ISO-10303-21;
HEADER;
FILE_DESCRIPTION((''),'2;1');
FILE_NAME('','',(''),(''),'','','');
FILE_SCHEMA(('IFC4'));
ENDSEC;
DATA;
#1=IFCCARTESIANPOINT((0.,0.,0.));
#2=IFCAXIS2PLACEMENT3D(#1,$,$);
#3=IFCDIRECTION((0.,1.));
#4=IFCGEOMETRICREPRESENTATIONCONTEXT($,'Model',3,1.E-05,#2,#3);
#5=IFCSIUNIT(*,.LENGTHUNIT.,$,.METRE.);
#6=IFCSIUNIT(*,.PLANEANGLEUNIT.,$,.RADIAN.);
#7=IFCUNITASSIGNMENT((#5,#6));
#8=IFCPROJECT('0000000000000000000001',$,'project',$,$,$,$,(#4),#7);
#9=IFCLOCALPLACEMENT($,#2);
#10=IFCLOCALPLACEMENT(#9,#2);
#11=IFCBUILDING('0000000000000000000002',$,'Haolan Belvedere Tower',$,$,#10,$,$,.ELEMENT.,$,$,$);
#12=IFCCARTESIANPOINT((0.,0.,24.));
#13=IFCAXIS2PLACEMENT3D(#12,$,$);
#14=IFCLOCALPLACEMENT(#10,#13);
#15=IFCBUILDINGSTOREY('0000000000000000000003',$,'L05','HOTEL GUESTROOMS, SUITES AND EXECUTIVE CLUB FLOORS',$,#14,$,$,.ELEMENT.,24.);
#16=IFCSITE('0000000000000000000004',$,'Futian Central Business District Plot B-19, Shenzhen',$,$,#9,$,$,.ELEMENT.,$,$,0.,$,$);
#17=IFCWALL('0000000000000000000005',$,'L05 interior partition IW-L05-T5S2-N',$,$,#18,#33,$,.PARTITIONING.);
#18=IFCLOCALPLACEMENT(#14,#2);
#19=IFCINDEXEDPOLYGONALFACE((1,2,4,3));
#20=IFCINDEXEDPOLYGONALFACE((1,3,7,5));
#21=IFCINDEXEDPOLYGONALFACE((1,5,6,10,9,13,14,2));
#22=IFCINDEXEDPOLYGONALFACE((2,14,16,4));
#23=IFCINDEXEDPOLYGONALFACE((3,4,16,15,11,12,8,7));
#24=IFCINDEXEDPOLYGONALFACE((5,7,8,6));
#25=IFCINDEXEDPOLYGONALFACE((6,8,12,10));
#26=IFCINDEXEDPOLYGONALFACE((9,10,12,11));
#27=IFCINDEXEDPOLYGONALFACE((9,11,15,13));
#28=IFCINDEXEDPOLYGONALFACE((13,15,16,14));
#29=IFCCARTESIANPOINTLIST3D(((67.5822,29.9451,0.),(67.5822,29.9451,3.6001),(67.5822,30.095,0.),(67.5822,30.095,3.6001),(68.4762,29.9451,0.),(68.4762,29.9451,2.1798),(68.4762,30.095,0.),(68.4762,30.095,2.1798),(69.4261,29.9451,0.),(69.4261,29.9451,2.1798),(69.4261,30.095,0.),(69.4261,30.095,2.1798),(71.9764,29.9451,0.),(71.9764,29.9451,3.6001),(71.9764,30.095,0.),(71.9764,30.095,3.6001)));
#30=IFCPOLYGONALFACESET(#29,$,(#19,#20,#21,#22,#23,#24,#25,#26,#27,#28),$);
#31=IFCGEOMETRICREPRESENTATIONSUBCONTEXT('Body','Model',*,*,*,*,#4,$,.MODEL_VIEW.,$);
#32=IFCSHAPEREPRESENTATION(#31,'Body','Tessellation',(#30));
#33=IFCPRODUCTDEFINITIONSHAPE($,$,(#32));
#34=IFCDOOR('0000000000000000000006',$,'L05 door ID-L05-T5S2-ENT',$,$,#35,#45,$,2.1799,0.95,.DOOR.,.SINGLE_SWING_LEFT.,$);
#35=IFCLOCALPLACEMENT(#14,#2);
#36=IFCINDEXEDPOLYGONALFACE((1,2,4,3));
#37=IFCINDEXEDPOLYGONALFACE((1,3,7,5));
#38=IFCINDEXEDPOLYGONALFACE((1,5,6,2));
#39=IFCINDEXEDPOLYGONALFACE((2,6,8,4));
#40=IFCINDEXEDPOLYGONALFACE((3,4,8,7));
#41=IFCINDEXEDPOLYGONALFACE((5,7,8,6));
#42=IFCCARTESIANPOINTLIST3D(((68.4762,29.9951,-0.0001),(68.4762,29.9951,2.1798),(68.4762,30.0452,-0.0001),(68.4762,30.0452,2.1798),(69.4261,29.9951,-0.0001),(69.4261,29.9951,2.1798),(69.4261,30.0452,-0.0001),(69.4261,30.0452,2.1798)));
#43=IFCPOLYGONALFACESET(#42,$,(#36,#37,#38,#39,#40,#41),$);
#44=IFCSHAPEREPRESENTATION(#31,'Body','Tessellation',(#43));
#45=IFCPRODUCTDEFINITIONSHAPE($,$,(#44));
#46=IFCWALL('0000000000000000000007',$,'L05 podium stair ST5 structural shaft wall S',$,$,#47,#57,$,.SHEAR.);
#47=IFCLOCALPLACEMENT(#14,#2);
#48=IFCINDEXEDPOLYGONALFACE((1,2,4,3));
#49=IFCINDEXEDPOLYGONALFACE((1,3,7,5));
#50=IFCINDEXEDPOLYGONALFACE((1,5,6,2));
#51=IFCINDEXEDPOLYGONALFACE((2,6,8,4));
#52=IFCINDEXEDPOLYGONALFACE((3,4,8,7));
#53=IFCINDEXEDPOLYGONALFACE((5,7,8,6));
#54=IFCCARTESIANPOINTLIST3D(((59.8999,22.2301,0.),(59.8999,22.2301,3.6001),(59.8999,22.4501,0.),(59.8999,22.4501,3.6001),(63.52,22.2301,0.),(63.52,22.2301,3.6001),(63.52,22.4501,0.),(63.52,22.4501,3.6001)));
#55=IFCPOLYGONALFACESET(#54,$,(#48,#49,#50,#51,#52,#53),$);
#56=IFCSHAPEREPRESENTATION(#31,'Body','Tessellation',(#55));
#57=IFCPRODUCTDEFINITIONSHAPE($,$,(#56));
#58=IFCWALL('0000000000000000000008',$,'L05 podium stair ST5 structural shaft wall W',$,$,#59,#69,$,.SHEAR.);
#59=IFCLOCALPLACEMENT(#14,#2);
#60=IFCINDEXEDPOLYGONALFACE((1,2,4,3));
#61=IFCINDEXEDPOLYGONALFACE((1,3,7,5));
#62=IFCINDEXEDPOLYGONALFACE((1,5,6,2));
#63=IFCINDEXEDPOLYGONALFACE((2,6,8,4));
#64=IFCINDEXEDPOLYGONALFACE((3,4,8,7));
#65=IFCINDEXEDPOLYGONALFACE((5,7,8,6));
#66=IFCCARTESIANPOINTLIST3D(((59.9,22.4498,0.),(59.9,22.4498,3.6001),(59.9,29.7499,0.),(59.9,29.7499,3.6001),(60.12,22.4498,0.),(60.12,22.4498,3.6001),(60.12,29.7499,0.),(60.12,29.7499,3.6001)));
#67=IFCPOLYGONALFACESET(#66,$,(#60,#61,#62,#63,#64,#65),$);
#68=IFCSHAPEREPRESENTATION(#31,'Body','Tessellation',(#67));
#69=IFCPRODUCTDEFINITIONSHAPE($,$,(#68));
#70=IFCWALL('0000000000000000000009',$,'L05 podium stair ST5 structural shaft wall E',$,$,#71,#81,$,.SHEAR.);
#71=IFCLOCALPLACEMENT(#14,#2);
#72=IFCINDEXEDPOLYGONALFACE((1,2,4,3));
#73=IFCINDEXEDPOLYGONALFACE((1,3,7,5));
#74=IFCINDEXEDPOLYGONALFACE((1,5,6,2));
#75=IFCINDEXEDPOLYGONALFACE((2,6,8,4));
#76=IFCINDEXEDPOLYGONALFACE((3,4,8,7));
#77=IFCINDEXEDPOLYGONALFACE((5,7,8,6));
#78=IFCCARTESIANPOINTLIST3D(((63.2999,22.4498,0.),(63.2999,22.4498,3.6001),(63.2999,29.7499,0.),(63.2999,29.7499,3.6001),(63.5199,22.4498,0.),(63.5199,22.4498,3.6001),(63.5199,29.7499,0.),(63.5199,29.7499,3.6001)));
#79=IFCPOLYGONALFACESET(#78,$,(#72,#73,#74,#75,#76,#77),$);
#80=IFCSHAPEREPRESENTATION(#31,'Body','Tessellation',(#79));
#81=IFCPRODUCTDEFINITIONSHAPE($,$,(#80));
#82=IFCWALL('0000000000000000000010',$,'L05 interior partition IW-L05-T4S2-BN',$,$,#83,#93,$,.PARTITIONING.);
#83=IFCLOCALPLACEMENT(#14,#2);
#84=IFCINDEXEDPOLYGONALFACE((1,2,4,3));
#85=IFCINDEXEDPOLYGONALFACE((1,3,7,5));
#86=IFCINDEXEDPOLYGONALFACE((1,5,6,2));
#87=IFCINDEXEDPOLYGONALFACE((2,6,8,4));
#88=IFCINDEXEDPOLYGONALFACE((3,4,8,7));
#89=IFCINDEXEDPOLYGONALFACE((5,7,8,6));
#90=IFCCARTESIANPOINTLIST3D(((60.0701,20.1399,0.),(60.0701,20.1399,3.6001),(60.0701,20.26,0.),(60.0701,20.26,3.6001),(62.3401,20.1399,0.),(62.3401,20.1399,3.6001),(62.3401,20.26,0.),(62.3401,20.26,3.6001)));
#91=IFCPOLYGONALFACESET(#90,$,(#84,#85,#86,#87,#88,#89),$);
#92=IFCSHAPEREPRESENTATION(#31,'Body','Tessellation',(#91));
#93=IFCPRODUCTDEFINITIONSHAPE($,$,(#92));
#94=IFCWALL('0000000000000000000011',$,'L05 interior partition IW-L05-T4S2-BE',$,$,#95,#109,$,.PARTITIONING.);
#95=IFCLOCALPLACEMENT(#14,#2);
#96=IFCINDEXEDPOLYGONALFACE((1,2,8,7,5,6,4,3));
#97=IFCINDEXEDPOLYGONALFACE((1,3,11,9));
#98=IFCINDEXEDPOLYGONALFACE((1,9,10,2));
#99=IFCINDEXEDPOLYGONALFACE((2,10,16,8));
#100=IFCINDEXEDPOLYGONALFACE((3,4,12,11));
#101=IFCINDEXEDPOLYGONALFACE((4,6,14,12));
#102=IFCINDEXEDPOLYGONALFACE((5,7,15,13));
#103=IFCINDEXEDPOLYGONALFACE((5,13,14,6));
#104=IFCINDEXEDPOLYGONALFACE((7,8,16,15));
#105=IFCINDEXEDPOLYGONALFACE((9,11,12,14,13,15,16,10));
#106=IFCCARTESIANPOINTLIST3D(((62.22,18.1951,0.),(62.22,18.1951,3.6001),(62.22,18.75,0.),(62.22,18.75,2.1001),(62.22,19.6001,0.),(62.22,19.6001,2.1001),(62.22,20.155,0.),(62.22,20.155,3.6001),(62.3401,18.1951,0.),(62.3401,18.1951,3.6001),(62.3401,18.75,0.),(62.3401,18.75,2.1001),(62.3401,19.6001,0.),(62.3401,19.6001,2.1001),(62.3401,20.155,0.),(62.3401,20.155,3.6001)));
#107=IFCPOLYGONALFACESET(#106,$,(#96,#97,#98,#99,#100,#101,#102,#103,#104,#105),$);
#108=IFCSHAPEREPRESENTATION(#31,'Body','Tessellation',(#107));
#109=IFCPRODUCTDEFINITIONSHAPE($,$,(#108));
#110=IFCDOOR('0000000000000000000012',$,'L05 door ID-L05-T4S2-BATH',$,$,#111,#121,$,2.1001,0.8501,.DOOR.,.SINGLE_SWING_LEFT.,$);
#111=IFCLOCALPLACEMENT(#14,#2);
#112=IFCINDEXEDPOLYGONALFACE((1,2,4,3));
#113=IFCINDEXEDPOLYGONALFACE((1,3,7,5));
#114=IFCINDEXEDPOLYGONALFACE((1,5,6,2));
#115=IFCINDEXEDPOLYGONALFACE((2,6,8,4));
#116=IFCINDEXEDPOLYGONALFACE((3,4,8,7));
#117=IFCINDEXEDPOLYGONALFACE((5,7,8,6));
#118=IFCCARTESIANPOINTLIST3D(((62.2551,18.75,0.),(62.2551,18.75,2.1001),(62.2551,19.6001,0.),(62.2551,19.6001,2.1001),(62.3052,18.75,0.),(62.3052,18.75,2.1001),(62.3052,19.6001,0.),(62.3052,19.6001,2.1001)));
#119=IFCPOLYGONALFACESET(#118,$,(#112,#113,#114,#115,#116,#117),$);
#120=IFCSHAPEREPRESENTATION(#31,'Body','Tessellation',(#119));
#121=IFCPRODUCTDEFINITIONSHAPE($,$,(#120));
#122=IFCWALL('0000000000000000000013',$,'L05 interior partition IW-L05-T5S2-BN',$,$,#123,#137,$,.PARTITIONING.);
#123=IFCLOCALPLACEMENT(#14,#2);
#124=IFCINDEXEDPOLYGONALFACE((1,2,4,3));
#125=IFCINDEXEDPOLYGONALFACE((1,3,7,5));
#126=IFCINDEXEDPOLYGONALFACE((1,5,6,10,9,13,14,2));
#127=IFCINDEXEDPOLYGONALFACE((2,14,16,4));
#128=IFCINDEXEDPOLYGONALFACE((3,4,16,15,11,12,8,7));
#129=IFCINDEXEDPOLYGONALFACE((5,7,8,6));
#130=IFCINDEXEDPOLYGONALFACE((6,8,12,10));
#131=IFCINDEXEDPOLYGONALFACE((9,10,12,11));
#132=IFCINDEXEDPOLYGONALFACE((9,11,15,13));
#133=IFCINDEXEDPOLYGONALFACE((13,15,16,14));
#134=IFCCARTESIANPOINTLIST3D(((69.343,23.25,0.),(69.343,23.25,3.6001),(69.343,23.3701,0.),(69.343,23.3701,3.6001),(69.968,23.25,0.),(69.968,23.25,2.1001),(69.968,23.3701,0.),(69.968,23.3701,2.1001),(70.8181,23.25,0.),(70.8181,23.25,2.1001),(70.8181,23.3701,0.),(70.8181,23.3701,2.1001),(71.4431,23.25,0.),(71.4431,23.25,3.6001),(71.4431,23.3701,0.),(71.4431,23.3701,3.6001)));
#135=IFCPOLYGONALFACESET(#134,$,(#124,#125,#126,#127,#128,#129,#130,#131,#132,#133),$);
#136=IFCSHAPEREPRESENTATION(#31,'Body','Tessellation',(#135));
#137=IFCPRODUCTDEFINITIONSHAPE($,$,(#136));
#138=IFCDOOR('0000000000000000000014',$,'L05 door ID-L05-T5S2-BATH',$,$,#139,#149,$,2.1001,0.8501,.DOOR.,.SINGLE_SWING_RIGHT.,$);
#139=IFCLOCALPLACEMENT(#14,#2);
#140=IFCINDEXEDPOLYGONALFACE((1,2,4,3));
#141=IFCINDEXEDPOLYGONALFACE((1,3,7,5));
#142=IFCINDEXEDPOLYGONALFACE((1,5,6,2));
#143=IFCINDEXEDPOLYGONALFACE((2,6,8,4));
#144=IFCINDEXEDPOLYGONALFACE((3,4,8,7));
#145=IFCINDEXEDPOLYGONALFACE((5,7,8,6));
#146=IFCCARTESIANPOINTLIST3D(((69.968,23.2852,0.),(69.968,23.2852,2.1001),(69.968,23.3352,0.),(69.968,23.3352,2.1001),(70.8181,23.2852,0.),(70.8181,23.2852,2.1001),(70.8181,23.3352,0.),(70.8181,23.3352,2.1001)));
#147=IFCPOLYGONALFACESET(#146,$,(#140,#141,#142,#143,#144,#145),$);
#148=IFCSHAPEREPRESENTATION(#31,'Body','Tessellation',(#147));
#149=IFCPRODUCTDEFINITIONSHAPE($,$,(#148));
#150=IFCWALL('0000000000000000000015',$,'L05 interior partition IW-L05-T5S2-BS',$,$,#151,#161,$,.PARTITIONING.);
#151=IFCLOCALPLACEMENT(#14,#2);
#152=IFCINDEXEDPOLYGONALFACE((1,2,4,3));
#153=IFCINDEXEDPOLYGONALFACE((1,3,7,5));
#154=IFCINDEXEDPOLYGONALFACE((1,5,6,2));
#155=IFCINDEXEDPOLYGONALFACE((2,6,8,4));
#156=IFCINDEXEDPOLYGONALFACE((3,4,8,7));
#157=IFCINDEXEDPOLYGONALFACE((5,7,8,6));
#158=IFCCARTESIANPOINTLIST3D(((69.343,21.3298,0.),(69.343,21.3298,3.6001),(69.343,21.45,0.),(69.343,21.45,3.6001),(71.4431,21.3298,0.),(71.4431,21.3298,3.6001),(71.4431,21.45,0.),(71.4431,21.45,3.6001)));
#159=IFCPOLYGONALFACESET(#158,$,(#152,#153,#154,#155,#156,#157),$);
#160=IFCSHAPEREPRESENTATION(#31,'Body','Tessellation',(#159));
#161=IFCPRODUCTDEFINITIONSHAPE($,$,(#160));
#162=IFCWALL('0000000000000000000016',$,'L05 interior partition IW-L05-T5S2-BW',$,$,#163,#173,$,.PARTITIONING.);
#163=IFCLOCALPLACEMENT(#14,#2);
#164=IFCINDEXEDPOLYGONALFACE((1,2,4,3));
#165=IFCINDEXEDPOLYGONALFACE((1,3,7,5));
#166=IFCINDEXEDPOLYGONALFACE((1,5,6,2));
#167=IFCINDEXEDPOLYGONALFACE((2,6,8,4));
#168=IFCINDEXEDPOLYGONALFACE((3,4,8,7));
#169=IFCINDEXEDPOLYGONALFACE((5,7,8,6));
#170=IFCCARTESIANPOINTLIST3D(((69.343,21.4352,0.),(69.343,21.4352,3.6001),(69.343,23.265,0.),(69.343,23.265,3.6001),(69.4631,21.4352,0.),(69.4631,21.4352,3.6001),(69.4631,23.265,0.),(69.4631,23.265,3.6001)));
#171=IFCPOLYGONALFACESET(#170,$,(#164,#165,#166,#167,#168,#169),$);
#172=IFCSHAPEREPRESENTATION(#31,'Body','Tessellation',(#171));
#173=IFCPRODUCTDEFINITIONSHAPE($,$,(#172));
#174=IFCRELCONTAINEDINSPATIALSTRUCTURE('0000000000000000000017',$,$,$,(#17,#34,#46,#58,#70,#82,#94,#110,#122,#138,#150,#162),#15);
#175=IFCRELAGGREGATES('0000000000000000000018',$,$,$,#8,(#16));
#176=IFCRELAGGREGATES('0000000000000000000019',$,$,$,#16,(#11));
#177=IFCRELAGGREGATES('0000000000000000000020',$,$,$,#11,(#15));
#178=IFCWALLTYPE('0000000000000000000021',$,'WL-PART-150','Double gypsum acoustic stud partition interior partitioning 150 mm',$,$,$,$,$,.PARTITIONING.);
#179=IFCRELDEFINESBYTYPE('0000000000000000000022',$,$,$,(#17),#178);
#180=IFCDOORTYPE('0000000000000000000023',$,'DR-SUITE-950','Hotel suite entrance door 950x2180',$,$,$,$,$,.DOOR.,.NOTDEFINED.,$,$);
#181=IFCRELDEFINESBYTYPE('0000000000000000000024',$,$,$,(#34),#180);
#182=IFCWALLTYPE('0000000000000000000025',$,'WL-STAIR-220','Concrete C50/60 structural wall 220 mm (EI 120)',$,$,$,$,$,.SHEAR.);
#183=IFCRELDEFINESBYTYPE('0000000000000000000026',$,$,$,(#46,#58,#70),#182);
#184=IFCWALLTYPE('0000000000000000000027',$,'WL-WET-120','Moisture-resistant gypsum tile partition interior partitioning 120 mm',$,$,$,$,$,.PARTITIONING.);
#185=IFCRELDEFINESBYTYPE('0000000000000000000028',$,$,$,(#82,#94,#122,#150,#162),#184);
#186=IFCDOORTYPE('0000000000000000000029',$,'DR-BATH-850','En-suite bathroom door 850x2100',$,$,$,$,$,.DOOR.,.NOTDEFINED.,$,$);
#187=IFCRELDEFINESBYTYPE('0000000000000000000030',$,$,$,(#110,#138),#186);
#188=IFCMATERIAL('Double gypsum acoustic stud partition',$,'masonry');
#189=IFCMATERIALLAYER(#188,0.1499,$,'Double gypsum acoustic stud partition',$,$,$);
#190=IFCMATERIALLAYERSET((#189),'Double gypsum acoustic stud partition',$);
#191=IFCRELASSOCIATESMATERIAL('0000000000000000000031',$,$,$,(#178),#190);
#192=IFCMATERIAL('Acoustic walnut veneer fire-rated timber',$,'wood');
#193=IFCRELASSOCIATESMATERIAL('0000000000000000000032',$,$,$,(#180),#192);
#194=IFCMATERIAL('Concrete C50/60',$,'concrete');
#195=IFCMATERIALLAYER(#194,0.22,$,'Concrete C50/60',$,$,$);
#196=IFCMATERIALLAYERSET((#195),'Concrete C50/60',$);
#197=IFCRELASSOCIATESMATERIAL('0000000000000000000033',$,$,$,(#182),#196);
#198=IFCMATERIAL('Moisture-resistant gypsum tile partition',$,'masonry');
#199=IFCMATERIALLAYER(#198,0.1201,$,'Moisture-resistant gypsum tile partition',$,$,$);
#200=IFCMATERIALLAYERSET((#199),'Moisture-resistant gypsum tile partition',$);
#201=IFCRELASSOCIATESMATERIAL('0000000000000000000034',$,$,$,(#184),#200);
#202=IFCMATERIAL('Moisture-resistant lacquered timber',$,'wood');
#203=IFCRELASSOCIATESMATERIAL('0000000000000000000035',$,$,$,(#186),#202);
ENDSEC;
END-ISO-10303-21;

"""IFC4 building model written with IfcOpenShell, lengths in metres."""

from ifc_helpers import new_model, si_unit, direction, frame, frame_2d, origin, place, context, subcontext, project, spatial, rectangle, extrude, material, layer, layer_set, type_object, element, fill, save


model = new_model("IFC4")

# Units and contexts
model_context = context("Model", 3, precision=1e-05, world=origin(), true_north=direction((0.0, 1.0)))
body_context = subcontext(model_context, "Body", "Model", "MODEL_VIEW")
ifc_project = project(units=[si_unit("LENGTHUNIT", "METRE"), si_unit("PLANEANGLEUNIT", "RADIAN")], contexts=[model_context])

# Site, building, storey
site_placement = place(None, origin())
site = spatial("IfcSite", under=ifc_project, at=site_placement, Name="Futian Central Business District Plot B-19, Shenzhen", CompositionType="ELEMENT", RefElevation=0.0)
building_placement = place(site_placement, origin())
building = spatial("IfcBuilding", under=site, at=building_placement, Name="Haolan Belvedere Tower", CompositionType="ELEMENT")
storey_placement = place(building_placement, frame((0.0, 0.0, 24.0)))
storey = spatial("IfcBuildingStorey", under=building, at=storey_placement, Name="L05", Description="HOTEL GUESTROOMS, SUITES AND EXECUTIVE CLUB FLOORS", CompositionType="ELEMENT", Elevation=24.0)

# Shared definitions
ifc_material_1 = material(Name="Double gypsum acoustic stud partition", Category="masonry")
ifc_layer_1 = layer(ifc_material_1, 0.1499, Name="Double gypsum acoustic stud partition")
ifc_layer_set_1 = layer_set([ifc_layer_1], Name="Double gypsum acoustic stud partition")
wall_type_1 = type_object("IfcWallType", Name="WL-PART-150", Description="Double gypsum acoustic stud partition interior partitioning 150 mm", PredefinedType="PARTITIONING", material=ifc_layer_set_1)

# Shared definitions
ifc_material_2 = material(Name="Acoustic walnut veneer fire-rated timber", Category="wood")
door_type_1 = type_object("IfcDoorType", Name="DR-SUITE-950", Description="Hotel suite entrance door 950x2180", OperationType="NOTDEFINED", PredefinedType="DOOR", material=ifc_material_2)

# Wall, opening, door
wall_1_placement = place(storey_placement, frame((67.582, 30.02, 0.0), z_axis=(0.0, 0.0, 1.0), x_axis=(1.0, 0.0, 0.0)))
wall_1 = element("IfcWall", 1, at=wall_1_placement, inside=storey, type_object=wall_type_1, Name="L05 interior partition IW-L05-T5S2-N", PredefinedType="PARTITIONING", context=body_context, shape_type="SweptSolid", body=[
    extrude(rectangle(XDim=4.3943, YDim=0.1499, at=frame_2d((2.1973, 0.0))), origin(), (0.0, 0.0, 1.0), 3.6001),
])
opening_1_placement = place(wall_1_placement, frame((1.8442, 0.0, 0.0), z_axis=(0.0, 0.0, 1.0), x_axis=(-1.0, 0.0, 0.0)))
opening_1 = element("IfcOpeningElement", 2, at=opening_1_placement, cuts=wall_1, PredefinedType="OPENING", context=body_context, shape_type="SweptSolid", body=[
    extrude(rectangle(XDim=0.95, YDim=2.1799, at=frame_2d((0.4751, 1.0898))), frame((0.0, 0.085, 0.0), z_axis=(0.0, -1.0, 0.0), x_axis=(1.0, 0.0, 0.0)), (0.0, 0.0, 1.0), 0.1699),
])
door_1_placement = place(opening_1_placement, origin())
door_1 = element("IfcDoor", 3, at=door_1_placement, inside=storey, type_object=door_type_1, Name="L05 door ID-L05-T5S2-ENT", OperationType="SINGLE_SWING_LEFT", OverallHeight=2.1799, OverallWidth=0.95, PredefinedType="DOOR", context=body_context, shape_type="SweptSolid", body=[
    extrude(rectangle(XDim=0.95, YDim=2.1799, at=frame_2d((0.4751, 1.0898))), frame((0.0, 0.0249, 0.0), z_axis=(0.0, -1.0, 0.0), x_axis=(1.0, 0.0, 0.0)), (0.0, 0.0, 1.0), 0.05),
])
fill(opening_1, door_1)
ifc_material_3 = material(Name="Concrete C50/60", Category="concrete")
ifc_layer_2 = layer(ifc_material_3, 0.22, Name="Concrete C50/60")
ifc_layer_set_2 = layer_set([ifc_layer_2], Name="Concrete C50/60")
wall_type_2 = type_object("IfcWallType", Name="WL-STAIR-220", Description="Concrete C50/60 structural wall 220 mm (EI 120)", PredefinedType="SHEAR", material=ifc_layer_set_2)

# Walls
wall_2_placement = place(storey_placement, frame((59.8999, 22.3401, 0.0), z_axis=(0.0, 0.0, 1.0), x_axis=(1.0, 0.0, 0.0)))
element("IfcWall", 4, at=wall_2_placement, inside=storey, type_object=wall_type_2, Name="L05 podium stair ST5 structural shaft wall S", PredefinedType="SHEAR", context=body_context, shape_type="SweptSolid", body=[
    extrude(rectangle(XDim=3.6201, YDim=0.22, at=frame_2d((1.8101, 0.0))), origin(), (0.0, 0.0, 1.0), 3.6001),
])
for number, where, z_axis, x_axis, name in (
    (5, (60.01, 22.45, 0.0), (0.0, 0.0, 1.0), (0.0, 1.0, 0.0), "L05 podium stair ST5 structural shaft wall W"),
    (6, (63.4099, 22.45, 0.0), (0.0, 0.0, 1.0), (0.0, 1.0, 0.0), "L05 podium stair ST5 structural shaft wall E"),
):
    element("IfcWall", number, at=place(storey_placement, frame(where, z_axis=z_axis, x_axis=x_axis)), inside=storey, type_object=wall_type_2, Name=name, PredefinedType="SHEAR", context=body_context, shape_type="SweptSolid", body=[
        extrude(rectangle(XDim=7.3, YDim=0.22, at=frame_2d((3.6499, 0.0))), origin(), (0.0, 0.0, 1.0), 3.6001),
    ])
ifc_material_4 = material(Name="Moisture-resistant gypsum tile partition", Category="masonry")
ifc_layer_3 = layer(ifc_material_4, 0.1201, Name="Moisture-resistant gypsum tile partition")
ifc_layer_set_3 = layer_set([ifc_layer_3], Name="Moisture-resistant gypsum tile partition")
wall_type_3 = type_object("IfcWallType", Name="WL-WET-120", Description="Moisture-resistant gypsum tile partition interior partitioning 120 mm", PredefinedType="PARTITIONING", material=ifc_layer_set_3)
wall_3_placement = place(storey_placement, frame((60.0701, 20.2, 0.0), z_axis=(0.0, 0.0, 1.0), x_axis=(1.0, 0.0, 0.0)))
element("IfcWall", 7, at=wall_3_placement, inside=storey, type_object=wall_type_3, Name="L05 interior partition IW-L05-T4S2-BN", PredefinedType="PARTITIONING", context=body_context, shape_type="SweptSolid", body=[
    extrude(rectangle(XDim=2.27, YDim=0.1201, at=frame_2d((1.135, 0.0))), origin(), (0.0, 0.0, 1.0), 3.6001),
])

# Walls, openings, doors
wall_4_placement = place(storey_placement, frame((62.28, 18.1951, 0.0), z_axis=(0.0, 0.0, 1.0), x_axis=(0.0, 1.0, 0.0)))
wall_4 = element("IfcWall", 8, at=wall_4_placement, inside=storey, type_object=wall_type_3, Name="L05 interior partition IW-L05-T4S2-BE", PredefinedType="PARTITIONING", context=body_context, shape_type="SweptSolid", body=[
    extrude(rectangle(XDim=1.96, YDim=0.1201, at=frame_2d((0.98, 0.0))), origin(), (0.0, 0.0, 1.0), 3.6001),
])
opening_2_placement = place(wall_4_placement, frame((0.5549, 0.0, 0.0)))
opening_2 = element("IfcOpeningElement", 9, at=opening_2_placement, cuts=wall_4, PredefinedType="OPENING", context=body_context, shape_type="SweptSolid", body=[
    extrude(rectangle(XDim=0.8501, YDim=2.1001, at=frame_2d((0.425, 1.05))), frame((0.0, 0.0701, 0.0), z_axis=(0.0, -1.0, 0.0), x_axis=(1.0, 0.0, 0.0)), (0.0, 0.0, 1.0), 0.1401),
])
ifc_material_5 = material(Name="Moisture-resistant lacquered timber", Category="wood")
door_type_2 = type_object("IfcDoorType", Name="DR-BATH-850", Description="En-suite bathroom door 850x2100", OperationType="NOTDEFINED", PredefinedType="DOOR", material=ifc_material_5)
door_2_placement = place(opening_2_placement, origin())
door_2 = element("IfcDoor", 10, at=door_2_placement, inside=storey, type_object=door_type_2, Name="L05 door ID-L05-T4S2-BATH", OperationType="SINGLE_SWING_LEFT", OverallHeight=2.1001, OverallWidth=0.8501, PredefinedType="DOOR", context=body_context, shape_type="SweptSolid", body=[
    extrude(rectangle(XDim=0.8501, YDim=2.1001, at=frame_2d((0.425, 1.05))), frame((0.0, 0.0249, 0.0), z_axis=(0.0, -1.0, 0.0), x_axis=(1.0, 0.0, 0.0)), (0.0, 0.0, 1.0), 0.05),
])
fill(opening_2, door_2)
wall_5_placement = place(storey_placement, frame((69.343, 23.3101, 0.0), z_axis=(0.0, 0.0, 1.0), x_axis=(1.0, 0.0, 0.0)))
wall_5 = element("IfcWall", 11, at=wall_5_placement, inside=storey, type_object=wall_type_3, Name="L05 interior partition IW-L05-T5S2-BN", PredefinedType="PARTITIONING", context=body_context, shape_type="SweptSolid", body=[
    extrude(rectangle(XDim=2.1001, YDim=0.1201, at=frame_2d((1.05, 0.0))), origin(), (0.0, 0.0, 1.0), 3.6001),
])
opening_3_placement = place(wall_5_placement, frame((1.4751, 0.0, 0.0), z_axis=(0.0, 0.0, 1.0), x_axis=(-1.0, 0.0, 0.0)))
opening_3 = element("IfcOpeningElement", 12, at=opening_3_placement, cuts=wall_5, PredefinedType="OPENING", context=body_context, shape_type="SweptSolid", body=[
    extrude(rectangle(XDim=0.8501, YDim=2.1001, at=frame_2d((0.425, 1.05))), frame((0.0, 0.0701, 0.0), z_axis=(0.0, -1.0, 0.0), x_axis=(1.0, 0.0, 0.0)), (0.0, 0.0, 1.0), 0.1401),
])
door_3_placement = place(opening_3_placement, origin())
door_3 = element("IfcDoor", 13, at=door_3_placement, inside=storey, type_object=door_type_2, Name="L05 door ID-L05-T5S2-BATH", OperationType="SINGLE_SWING_RIGHT", OverallHeight=2.1001, OverallWidth=0.8501, PredefinedType="DOOR", context=body_context, shape_type="SweptSolid", body=[
    extrude(rectangle(XDim=0.8501, YDim=2.1001, at=frame_2d((0.425, 1.05))), frame((0.0, 0.0249, 0.0), z_axis=(0.0, -1.0, 0.0), x_axis=(1.0, 0.0, 0.0)), (0.0, 0.0, 1.0), 0.05),
])
fill(opening_3, door_3)

# Walls
wall_6_placement = place(storey_placement, frame((69.343, 21.3899, 0.0), z_axis=(0.0, 0.0, 1.0), x_axis=(1.0, 0.0, 0.0)))
element("IfcWall", 14, at=wall_6_placement, inside=storey, type_object=wall_type_3, Name="L05 interior partition IW-L05-T5S2-BS", PredefinedType="PARTITIONING", context=body_context, shape_type="SweptSolid", body=[
    extrude(rectangle(XDim=2.1001, YDim=0.1201, at=frame_2d((1.05, 0.0))), origin(), (0.0, 0.0, 1.0), 3.6001),
])
for number, where, z_axis, x_axis, name in (
    (15, (69.4031, 21.4351, 0.0), (0.0, 0.0, 1.0), (0.0, 1.0, 0.0), "L05 interior partition IW-L05-T5S2-BW"),
):
    element("IfcWall", number, at=place(storey_placement, frame(where, z_axis=z_axis, x_axis=x_axis)), inside=storey, type_object=wall_type_3, Name=name, PredefinedType="PARTITIONING", context=body_context, shape_type="SweptSolid", body=[
        extrude(rectangle(XDim=1.8298, YDim=0.1201, at=frame_2d((0.915, 0.0))), origin(), (0.0, 0.0, 1.0), 3.6001),
    ])

save(model, "model.ifc")
